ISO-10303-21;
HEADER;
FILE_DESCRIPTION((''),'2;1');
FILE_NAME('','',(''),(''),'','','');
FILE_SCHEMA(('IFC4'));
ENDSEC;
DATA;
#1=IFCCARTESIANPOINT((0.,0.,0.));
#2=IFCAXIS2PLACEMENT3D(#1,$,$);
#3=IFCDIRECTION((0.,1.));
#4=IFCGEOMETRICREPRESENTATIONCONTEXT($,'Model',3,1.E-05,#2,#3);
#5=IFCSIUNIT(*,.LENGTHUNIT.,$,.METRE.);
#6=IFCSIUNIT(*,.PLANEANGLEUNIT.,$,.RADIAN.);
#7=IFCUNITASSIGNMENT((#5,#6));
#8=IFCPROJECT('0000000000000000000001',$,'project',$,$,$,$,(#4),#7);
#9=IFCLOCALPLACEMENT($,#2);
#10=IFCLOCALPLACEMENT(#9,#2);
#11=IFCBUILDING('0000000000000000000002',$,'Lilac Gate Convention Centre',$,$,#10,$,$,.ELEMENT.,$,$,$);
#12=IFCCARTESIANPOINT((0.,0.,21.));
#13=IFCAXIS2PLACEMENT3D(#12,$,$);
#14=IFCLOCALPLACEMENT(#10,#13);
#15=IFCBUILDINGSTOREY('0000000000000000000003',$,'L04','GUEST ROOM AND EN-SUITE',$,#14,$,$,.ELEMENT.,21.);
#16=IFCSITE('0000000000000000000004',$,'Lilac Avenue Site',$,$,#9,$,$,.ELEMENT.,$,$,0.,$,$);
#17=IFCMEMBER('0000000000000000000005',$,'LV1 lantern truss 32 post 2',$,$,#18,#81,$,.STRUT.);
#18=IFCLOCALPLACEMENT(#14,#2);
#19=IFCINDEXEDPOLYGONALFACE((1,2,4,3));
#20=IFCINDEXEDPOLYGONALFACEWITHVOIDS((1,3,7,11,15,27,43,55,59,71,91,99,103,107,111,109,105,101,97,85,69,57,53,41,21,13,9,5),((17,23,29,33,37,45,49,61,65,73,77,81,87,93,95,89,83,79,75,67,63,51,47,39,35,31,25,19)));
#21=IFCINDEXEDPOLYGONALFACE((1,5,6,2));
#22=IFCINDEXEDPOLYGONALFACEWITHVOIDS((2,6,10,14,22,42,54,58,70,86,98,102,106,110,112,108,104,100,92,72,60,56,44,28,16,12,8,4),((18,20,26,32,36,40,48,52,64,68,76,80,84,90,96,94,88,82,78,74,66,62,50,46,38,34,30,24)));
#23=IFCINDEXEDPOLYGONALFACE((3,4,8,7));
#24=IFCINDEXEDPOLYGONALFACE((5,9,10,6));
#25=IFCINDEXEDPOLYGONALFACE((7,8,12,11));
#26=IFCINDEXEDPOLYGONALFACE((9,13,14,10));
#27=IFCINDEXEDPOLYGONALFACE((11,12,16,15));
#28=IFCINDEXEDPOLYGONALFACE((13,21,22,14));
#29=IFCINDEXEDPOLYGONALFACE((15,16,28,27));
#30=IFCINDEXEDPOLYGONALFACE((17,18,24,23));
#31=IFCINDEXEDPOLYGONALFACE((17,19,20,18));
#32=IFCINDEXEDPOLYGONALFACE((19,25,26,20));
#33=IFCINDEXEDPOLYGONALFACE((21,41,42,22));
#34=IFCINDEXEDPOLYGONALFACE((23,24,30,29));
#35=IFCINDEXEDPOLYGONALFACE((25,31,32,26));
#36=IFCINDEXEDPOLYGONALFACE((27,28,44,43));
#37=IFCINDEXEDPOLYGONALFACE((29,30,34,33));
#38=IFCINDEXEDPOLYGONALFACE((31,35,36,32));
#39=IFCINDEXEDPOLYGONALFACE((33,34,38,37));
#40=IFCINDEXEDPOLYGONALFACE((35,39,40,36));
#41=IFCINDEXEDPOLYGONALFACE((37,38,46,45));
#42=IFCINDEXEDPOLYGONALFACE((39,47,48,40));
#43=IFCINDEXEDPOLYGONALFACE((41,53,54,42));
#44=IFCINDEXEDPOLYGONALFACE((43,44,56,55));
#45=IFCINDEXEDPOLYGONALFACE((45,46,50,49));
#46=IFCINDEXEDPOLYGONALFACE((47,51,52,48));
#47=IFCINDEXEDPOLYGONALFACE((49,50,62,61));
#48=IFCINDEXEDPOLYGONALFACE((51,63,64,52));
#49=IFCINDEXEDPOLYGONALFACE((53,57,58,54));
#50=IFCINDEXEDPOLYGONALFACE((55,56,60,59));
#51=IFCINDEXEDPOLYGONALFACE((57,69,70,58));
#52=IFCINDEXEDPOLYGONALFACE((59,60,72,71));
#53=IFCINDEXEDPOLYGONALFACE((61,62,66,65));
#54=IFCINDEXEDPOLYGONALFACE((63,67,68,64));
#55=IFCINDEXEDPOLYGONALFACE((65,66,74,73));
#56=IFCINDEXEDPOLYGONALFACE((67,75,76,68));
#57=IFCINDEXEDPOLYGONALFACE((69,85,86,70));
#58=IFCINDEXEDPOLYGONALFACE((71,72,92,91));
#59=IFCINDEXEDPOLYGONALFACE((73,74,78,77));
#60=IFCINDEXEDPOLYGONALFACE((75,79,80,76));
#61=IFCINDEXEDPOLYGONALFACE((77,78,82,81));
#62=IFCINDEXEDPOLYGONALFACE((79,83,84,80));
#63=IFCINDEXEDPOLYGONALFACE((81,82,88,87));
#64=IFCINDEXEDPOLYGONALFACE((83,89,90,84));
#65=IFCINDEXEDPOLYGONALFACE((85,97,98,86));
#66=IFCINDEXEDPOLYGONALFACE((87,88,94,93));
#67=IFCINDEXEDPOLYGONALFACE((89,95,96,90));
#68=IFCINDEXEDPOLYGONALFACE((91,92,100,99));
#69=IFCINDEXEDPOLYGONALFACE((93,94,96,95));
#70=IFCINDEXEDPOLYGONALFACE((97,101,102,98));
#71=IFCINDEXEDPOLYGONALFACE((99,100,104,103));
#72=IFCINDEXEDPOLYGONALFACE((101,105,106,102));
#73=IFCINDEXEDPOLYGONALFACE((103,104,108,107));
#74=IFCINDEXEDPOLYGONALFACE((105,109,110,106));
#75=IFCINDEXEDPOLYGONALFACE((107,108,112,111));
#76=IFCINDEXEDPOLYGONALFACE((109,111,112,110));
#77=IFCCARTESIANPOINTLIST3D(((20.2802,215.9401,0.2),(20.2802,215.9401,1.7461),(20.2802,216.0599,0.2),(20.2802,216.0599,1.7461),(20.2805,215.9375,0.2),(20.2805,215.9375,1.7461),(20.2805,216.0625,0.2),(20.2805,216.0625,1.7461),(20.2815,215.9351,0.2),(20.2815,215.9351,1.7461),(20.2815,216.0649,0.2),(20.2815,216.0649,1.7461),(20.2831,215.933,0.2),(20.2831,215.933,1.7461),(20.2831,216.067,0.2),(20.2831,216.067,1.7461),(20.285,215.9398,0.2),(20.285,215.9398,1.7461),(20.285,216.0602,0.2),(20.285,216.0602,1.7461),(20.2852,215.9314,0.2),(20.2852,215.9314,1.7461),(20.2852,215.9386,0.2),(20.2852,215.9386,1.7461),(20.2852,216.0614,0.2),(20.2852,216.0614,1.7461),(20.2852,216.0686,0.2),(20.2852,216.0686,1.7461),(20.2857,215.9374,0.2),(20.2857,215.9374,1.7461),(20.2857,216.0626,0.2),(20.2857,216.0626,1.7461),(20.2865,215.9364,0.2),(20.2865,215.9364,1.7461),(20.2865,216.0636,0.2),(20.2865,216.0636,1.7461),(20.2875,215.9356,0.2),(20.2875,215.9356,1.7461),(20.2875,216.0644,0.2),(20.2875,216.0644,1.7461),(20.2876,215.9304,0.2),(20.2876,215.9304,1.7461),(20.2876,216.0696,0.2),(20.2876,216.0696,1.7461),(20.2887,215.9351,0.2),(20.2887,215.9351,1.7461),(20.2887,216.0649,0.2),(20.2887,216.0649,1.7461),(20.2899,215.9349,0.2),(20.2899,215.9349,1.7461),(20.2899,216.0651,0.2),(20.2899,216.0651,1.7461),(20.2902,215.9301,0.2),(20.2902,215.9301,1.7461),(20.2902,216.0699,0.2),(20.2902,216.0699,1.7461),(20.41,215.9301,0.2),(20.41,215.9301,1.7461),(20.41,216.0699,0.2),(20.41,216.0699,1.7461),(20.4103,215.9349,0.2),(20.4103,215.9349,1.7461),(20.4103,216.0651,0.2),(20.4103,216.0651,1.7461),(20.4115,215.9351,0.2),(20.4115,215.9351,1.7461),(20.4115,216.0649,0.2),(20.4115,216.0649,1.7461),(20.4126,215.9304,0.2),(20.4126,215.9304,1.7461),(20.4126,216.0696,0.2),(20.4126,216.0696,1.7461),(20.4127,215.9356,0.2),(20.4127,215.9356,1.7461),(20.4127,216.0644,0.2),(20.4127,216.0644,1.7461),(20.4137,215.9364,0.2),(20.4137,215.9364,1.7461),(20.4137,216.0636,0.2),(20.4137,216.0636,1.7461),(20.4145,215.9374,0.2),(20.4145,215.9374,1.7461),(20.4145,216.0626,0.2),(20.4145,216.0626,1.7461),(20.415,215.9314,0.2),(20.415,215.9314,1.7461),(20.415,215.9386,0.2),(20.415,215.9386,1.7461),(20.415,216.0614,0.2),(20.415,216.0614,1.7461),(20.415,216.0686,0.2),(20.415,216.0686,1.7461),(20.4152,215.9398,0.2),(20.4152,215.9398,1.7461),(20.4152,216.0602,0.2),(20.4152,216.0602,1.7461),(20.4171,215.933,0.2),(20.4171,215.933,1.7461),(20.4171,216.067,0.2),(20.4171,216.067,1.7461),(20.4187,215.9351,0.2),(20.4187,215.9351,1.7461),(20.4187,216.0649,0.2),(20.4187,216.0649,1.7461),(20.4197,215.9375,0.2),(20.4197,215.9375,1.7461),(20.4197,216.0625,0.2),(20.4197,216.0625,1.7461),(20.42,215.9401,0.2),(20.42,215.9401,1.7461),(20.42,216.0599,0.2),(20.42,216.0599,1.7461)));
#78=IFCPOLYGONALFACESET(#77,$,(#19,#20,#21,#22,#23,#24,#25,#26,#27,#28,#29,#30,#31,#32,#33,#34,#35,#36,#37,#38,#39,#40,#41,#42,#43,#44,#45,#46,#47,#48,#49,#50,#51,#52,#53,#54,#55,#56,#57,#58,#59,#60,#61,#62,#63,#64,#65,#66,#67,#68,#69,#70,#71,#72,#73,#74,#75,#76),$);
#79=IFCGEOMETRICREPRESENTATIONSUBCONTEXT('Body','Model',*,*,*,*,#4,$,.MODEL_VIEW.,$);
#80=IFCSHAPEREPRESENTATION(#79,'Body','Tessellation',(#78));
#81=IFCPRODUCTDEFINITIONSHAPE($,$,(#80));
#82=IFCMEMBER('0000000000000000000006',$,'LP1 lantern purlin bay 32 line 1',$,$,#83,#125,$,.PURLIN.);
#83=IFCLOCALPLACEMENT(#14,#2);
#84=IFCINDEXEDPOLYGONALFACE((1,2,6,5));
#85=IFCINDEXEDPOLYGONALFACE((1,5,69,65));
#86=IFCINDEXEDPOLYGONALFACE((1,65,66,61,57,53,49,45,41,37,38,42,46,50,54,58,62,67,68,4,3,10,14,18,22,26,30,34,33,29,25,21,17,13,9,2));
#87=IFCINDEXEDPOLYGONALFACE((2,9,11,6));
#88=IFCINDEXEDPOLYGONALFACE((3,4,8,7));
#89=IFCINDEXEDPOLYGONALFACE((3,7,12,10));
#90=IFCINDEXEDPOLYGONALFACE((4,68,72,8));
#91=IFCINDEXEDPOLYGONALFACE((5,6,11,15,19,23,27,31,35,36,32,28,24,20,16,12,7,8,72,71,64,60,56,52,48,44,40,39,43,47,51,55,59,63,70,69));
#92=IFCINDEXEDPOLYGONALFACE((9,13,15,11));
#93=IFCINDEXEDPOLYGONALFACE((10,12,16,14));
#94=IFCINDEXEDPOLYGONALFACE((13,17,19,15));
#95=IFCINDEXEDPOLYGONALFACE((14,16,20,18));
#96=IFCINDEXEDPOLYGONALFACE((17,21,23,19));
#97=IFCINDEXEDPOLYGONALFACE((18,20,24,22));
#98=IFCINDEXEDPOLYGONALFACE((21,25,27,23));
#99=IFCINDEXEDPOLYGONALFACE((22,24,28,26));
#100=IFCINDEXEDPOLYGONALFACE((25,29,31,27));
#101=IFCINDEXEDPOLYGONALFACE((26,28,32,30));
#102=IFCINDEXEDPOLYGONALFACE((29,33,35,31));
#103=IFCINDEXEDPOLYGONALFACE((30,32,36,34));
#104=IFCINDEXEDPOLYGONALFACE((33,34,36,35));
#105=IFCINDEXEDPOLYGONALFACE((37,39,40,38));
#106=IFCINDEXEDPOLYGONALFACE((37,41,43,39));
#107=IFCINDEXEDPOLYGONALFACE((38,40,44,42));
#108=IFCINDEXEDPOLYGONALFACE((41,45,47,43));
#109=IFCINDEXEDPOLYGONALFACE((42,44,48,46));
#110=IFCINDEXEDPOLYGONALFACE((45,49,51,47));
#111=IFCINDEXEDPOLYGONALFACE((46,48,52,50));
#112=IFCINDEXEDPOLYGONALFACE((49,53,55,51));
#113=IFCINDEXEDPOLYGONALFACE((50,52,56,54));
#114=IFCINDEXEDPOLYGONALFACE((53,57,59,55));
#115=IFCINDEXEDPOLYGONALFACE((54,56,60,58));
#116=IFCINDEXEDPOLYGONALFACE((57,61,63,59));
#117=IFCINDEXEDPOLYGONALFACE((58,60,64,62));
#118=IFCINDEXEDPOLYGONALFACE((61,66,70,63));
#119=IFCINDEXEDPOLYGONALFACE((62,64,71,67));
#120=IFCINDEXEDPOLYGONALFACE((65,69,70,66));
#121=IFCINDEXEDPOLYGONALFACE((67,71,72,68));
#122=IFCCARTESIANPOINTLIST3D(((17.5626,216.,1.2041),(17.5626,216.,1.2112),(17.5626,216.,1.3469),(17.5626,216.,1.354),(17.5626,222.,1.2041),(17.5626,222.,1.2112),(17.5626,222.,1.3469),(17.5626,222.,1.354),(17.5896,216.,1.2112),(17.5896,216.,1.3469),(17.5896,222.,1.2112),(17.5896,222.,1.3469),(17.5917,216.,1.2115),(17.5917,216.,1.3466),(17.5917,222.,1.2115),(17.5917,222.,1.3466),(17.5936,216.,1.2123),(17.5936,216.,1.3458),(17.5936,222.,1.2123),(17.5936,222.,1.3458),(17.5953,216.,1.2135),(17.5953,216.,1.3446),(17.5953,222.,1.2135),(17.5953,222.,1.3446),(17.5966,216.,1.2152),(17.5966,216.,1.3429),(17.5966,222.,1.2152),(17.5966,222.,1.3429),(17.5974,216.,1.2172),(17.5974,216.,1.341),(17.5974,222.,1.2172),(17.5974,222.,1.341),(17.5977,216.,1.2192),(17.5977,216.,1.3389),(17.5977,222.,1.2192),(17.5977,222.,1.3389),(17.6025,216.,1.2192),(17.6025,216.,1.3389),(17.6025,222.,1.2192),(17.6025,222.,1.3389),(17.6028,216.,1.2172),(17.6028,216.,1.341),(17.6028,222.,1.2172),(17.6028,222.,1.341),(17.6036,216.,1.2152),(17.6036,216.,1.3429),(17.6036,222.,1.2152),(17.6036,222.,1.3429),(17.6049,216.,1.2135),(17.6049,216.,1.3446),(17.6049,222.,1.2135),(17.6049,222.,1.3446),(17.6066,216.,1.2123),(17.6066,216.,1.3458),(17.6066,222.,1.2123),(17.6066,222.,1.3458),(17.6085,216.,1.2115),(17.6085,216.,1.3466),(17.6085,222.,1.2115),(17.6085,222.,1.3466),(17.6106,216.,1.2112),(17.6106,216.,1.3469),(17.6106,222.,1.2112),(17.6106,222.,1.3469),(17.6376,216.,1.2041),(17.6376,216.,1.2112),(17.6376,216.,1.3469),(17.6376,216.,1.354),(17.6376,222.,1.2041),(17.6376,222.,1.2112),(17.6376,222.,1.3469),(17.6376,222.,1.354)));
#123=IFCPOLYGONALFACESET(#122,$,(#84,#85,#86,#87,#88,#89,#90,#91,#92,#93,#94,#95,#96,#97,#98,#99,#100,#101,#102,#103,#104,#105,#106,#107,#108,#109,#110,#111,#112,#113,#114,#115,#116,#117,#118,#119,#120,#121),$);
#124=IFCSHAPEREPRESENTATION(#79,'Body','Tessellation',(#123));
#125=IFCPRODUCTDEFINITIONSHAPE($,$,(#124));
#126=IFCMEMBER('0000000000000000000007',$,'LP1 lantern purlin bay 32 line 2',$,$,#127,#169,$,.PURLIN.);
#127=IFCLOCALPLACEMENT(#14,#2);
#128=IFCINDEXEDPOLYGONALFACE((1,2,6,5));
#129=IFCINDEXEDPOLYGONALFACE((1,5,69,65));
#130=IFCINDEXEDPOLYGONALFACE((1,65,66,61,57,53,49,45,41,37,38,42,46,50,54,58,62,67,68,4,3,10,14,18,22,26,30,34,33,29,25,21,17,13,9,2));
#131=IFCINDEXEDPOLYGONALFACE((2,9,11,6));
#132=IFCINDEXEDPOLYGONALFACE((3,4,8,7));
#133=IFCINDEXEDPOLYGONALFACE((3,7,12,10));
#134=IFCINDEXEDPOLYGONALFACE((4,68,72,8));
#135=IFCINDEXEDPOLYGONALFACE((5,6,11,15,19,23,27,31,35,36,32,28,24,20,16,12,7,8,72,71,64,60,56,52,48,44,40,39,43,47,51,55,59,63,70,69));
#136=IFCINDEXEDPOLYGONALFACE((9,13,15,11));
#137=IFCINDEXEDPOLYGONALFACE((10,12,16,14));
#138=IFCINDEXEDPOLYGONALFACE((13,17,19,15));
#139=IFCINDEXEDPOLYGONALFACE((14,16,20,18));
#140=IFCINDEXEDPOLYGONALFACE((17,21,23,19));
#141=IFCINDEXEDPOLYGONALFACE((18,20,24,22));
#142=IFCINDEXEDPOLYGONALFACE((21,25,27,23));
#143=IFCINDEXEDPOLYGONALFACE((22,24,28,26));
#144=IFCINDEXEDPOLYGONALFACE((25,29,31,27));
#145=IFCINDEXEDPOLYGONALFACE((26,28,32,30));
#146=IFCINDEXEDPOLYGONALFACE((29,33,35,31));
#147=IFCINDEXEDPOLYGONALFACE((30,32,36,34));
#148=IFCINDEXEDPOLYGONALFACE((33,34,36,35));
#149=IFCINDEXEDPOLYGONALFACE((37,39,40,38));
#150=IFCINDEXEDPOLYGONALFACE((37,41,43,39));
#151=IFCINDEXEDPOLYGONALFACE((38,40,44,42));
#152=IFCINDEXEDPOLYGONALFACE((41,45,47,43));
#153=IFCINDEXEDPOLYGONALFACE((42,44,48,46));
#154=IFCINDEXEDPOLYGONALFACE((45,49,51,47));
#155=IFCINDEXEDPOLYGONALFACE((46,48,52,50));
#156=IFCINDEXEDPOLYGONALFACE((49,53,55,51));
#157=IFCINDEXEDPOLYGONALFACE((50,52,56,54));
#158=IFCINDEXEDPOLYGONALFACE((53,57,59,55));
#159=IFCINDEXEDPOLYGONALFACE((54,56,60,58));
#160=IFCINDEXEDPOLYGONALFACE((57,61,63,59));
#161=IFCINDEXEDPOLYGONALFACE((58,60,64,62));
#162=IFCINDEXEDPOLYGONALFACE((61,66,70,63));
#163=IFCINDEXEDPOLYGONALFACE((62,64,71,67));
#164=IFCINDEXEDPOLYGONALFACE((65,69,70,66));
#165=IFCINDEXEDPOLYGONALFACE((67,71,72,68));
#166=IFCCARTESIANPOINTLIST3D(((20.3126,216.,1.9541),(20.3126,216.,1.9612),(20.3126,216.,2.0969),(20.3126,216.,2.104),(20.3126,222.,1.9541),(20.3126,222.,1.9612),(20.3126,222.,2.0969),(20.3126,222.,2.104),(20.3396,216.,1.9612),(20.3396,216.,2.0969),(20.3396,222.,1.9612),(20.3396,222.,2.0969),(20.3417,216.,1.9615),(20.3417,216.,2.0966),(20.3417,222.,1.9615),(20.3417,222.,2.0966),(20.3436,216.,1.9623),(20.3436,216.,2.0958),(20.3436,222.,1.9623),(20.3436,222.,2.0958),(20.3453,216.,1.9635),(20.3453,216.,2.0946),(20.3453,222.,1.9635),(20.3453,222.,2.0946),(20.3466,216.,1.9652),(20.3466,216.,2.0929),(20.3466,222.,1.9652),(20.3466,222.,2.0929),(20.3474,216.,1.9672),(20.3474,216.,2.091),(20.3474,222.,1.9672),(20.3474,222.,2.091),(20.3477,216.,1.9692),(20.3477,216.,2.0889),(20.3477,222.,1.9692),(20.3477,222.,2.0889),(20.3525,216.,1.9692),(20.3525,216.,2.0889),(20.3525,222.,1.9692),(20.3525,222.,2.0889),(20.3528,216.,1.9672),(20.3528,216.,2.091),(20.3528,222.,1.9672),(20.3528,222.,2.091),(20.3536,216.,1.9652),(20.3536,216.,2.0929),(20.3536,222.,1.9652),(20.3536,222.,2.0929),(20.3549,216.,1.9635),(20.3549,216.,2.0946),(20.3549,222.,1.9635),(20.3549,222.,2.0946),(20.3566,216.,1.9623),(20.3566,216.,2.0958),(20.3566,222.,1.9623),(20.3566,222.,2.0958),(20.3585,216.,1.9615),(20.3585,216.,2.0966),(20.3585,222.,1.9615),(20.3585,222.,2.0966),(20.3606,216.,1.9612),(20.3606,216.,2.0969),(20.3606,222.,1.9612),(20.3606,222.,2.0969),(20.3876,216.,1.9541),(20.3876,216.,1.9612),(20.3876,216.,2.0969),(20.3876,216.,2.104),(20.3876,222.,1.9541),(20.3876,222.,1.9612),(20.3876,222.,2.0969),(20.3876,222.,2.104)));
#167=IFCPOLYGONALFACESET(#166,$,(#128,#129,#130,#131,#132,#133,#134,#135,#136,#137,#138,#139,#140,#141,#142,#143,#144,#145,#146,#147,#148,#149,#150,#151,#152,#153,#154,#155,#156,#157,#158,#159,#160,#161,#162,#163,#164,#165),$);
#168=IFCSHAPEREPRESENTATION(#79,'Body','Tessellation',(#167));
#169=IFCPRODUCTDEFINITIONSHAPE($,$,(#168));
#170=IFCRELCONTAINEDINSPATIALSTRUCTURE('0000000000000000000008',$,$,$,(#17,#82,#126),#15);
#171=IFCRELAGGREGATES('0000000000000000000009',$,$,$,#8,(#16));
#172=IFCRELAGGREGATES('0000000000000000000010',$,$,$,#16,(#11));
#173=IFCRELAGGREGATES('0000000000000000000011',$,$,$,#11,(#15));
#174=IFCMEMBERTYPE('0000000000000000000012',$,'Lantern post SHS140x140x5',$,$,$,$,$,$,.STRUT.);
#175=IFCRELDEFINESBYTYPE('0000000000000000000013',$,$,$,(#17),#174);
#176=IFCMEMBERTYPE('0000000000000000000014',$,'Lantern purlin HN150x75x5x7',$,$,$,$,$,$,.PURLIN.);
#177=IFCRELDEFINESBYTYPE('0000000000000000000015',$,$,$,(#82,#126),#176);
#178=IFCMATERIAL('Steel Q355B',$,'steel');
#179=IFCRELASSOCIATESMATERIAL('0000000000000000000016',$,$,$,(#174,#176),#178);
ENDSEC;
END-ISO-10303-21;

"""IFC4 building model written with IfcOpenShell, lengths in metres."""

from ifc_helpers import new_model, si_unit, direction, frame, origin, origin_2d, place, context, subcontext, project, spatial, hollow_rectangle, i_section, extrude, material, material_profile, profile_set, type_object, element, save


model = new_model("IFC4")

# Units and contexts
model_context = context("Model", 3, precision=1e-05, world=origin(), true_north=direction((0.0, 1.0)))
body_context = subcontext(model_context, "Body", "Model", "MODEL_VIEW")
ifc_project = project(units=[si_unit("LENGTHUNIT", "METRE"), si_unit("PLANEANGLEUNIT", "RADIAN")], contexts=[model_context])

# Site, building, storey
site_placement = place(None, origin())
site = spatial("IfcSite", under=ifc_project, at=site_placement, Name="Lilac Avenue Site", CompositionType="ELEMENT", RefElevation=0.0)
building_placement = place(site_placement, origin())
building = spatial("IfcBuilding", under=site, at=building_placement, Name="Lilac Gate Convention Centre", CompositionType="ELEMENT")
storey_placement = place(building_placement, frame((0.0, 0.0, 21.0)))
storey = spatial("IfcBuildingStorey", under=building, at=storey_placement, Name="L04", Description="GUEST ROOM AND EN-SUITE", CompositionType="ELEMENT", Elevation=21.0)

# Members
ifc_material_1 = material(Name="Steel Q355B", Category="steel")
ifc_material_profile_1 = material_profile(ifc_material_1, hollow_rectangle(XDim=0.1399, YDim=0.1399, WallThickness=0.0049, InnerFilletRadius=0.0049, OuterFilletRadius=0.01, at=origin_2d()), Name="SHS140x140x5")
ifc_profile_set_1 = profile_set([ifc_material_profile_1], Name="Steel Q355B")
member_type_1 = type_object("IfcMemberType", Name="Lantern post SHS140x140x5", PredefinedType="STRUT", material=ifc_profile_set_1)
member_1_placement = place(storey_placement, frame((20.3501, 216.0, 0.2), z_axis=(0.0, 0.0, 1.0), x_axis=(1.0, 0.0, 0.0)))
element("IfcMember", 1, at=member_1_placement, inside=storey, type_object=member_type_1, Name="LV1 lantern truss 32 post 2", PredefinedType="STRUT", context=body_context, shape_type="SweptSolid", body=[
    extrude(hollow_rectangle(XDim=0.1399, YDim=0.1399, WallThickness=0.0049, InnerFilletRadius=0.0049, OuterFilletRadius=0.01, at=origin_2d()), origin(), (0.0, 0.0, 1.0), 1.5461),
])
ifc_material_profile_2 = material_profile(ifc_material_1, i_section(OverallWidth=0.075, OverallDepth=0.1499, WebThickness=0.0049, FlangeThickness=0.0071, FilletRadius=0.0081, at=origin_2d()), Name="HN150x75x5x7")
ifc_profile_set_2 = profile_set([ifc_material_profile_2], Name="Steel Q355B")
member_type_2 = type_object("IfcMemberType", Name="Lantern purlin HN150x75x5x7", PredefinedType="PURLIN", material=ifc_profile_set_2)
for number, where, z_axis, x_axis, name in (
    (2, (17.6001, 216.0, 1.2791), (0.0, 1.0, 0.0), (-1.0, 0.0, 0.0), "LP1 lantern purlin bay 32 line 1"),
    (3, (20.3501, 216.0, 2.0291), (0.0, 1.0, 0.0), (-1.0, 0.0, 0.0), "LP1 lantern purlin bay 32 line 2"),
):
    element("IfcMember", number, at=place(storey_placement, frame(where, z_axis=z_axis, x_axis=x_axis)), inside=storey, type_object=member_type_2, Name=name, PredefinedType="PURLIN", context=body_context, shape_type="SweptSolid", body=[
        extrude(i_section(OverallWidth=0.075, OverallDepth=0.1499, WebThickness=0.0049, FlangeThickness=0.0071, FilletRadius=0.0081, at=origin_2d()), origin(), (0.0, 0.0, 1.0), 6.0),
    ])

save(model, "model.ifc")
